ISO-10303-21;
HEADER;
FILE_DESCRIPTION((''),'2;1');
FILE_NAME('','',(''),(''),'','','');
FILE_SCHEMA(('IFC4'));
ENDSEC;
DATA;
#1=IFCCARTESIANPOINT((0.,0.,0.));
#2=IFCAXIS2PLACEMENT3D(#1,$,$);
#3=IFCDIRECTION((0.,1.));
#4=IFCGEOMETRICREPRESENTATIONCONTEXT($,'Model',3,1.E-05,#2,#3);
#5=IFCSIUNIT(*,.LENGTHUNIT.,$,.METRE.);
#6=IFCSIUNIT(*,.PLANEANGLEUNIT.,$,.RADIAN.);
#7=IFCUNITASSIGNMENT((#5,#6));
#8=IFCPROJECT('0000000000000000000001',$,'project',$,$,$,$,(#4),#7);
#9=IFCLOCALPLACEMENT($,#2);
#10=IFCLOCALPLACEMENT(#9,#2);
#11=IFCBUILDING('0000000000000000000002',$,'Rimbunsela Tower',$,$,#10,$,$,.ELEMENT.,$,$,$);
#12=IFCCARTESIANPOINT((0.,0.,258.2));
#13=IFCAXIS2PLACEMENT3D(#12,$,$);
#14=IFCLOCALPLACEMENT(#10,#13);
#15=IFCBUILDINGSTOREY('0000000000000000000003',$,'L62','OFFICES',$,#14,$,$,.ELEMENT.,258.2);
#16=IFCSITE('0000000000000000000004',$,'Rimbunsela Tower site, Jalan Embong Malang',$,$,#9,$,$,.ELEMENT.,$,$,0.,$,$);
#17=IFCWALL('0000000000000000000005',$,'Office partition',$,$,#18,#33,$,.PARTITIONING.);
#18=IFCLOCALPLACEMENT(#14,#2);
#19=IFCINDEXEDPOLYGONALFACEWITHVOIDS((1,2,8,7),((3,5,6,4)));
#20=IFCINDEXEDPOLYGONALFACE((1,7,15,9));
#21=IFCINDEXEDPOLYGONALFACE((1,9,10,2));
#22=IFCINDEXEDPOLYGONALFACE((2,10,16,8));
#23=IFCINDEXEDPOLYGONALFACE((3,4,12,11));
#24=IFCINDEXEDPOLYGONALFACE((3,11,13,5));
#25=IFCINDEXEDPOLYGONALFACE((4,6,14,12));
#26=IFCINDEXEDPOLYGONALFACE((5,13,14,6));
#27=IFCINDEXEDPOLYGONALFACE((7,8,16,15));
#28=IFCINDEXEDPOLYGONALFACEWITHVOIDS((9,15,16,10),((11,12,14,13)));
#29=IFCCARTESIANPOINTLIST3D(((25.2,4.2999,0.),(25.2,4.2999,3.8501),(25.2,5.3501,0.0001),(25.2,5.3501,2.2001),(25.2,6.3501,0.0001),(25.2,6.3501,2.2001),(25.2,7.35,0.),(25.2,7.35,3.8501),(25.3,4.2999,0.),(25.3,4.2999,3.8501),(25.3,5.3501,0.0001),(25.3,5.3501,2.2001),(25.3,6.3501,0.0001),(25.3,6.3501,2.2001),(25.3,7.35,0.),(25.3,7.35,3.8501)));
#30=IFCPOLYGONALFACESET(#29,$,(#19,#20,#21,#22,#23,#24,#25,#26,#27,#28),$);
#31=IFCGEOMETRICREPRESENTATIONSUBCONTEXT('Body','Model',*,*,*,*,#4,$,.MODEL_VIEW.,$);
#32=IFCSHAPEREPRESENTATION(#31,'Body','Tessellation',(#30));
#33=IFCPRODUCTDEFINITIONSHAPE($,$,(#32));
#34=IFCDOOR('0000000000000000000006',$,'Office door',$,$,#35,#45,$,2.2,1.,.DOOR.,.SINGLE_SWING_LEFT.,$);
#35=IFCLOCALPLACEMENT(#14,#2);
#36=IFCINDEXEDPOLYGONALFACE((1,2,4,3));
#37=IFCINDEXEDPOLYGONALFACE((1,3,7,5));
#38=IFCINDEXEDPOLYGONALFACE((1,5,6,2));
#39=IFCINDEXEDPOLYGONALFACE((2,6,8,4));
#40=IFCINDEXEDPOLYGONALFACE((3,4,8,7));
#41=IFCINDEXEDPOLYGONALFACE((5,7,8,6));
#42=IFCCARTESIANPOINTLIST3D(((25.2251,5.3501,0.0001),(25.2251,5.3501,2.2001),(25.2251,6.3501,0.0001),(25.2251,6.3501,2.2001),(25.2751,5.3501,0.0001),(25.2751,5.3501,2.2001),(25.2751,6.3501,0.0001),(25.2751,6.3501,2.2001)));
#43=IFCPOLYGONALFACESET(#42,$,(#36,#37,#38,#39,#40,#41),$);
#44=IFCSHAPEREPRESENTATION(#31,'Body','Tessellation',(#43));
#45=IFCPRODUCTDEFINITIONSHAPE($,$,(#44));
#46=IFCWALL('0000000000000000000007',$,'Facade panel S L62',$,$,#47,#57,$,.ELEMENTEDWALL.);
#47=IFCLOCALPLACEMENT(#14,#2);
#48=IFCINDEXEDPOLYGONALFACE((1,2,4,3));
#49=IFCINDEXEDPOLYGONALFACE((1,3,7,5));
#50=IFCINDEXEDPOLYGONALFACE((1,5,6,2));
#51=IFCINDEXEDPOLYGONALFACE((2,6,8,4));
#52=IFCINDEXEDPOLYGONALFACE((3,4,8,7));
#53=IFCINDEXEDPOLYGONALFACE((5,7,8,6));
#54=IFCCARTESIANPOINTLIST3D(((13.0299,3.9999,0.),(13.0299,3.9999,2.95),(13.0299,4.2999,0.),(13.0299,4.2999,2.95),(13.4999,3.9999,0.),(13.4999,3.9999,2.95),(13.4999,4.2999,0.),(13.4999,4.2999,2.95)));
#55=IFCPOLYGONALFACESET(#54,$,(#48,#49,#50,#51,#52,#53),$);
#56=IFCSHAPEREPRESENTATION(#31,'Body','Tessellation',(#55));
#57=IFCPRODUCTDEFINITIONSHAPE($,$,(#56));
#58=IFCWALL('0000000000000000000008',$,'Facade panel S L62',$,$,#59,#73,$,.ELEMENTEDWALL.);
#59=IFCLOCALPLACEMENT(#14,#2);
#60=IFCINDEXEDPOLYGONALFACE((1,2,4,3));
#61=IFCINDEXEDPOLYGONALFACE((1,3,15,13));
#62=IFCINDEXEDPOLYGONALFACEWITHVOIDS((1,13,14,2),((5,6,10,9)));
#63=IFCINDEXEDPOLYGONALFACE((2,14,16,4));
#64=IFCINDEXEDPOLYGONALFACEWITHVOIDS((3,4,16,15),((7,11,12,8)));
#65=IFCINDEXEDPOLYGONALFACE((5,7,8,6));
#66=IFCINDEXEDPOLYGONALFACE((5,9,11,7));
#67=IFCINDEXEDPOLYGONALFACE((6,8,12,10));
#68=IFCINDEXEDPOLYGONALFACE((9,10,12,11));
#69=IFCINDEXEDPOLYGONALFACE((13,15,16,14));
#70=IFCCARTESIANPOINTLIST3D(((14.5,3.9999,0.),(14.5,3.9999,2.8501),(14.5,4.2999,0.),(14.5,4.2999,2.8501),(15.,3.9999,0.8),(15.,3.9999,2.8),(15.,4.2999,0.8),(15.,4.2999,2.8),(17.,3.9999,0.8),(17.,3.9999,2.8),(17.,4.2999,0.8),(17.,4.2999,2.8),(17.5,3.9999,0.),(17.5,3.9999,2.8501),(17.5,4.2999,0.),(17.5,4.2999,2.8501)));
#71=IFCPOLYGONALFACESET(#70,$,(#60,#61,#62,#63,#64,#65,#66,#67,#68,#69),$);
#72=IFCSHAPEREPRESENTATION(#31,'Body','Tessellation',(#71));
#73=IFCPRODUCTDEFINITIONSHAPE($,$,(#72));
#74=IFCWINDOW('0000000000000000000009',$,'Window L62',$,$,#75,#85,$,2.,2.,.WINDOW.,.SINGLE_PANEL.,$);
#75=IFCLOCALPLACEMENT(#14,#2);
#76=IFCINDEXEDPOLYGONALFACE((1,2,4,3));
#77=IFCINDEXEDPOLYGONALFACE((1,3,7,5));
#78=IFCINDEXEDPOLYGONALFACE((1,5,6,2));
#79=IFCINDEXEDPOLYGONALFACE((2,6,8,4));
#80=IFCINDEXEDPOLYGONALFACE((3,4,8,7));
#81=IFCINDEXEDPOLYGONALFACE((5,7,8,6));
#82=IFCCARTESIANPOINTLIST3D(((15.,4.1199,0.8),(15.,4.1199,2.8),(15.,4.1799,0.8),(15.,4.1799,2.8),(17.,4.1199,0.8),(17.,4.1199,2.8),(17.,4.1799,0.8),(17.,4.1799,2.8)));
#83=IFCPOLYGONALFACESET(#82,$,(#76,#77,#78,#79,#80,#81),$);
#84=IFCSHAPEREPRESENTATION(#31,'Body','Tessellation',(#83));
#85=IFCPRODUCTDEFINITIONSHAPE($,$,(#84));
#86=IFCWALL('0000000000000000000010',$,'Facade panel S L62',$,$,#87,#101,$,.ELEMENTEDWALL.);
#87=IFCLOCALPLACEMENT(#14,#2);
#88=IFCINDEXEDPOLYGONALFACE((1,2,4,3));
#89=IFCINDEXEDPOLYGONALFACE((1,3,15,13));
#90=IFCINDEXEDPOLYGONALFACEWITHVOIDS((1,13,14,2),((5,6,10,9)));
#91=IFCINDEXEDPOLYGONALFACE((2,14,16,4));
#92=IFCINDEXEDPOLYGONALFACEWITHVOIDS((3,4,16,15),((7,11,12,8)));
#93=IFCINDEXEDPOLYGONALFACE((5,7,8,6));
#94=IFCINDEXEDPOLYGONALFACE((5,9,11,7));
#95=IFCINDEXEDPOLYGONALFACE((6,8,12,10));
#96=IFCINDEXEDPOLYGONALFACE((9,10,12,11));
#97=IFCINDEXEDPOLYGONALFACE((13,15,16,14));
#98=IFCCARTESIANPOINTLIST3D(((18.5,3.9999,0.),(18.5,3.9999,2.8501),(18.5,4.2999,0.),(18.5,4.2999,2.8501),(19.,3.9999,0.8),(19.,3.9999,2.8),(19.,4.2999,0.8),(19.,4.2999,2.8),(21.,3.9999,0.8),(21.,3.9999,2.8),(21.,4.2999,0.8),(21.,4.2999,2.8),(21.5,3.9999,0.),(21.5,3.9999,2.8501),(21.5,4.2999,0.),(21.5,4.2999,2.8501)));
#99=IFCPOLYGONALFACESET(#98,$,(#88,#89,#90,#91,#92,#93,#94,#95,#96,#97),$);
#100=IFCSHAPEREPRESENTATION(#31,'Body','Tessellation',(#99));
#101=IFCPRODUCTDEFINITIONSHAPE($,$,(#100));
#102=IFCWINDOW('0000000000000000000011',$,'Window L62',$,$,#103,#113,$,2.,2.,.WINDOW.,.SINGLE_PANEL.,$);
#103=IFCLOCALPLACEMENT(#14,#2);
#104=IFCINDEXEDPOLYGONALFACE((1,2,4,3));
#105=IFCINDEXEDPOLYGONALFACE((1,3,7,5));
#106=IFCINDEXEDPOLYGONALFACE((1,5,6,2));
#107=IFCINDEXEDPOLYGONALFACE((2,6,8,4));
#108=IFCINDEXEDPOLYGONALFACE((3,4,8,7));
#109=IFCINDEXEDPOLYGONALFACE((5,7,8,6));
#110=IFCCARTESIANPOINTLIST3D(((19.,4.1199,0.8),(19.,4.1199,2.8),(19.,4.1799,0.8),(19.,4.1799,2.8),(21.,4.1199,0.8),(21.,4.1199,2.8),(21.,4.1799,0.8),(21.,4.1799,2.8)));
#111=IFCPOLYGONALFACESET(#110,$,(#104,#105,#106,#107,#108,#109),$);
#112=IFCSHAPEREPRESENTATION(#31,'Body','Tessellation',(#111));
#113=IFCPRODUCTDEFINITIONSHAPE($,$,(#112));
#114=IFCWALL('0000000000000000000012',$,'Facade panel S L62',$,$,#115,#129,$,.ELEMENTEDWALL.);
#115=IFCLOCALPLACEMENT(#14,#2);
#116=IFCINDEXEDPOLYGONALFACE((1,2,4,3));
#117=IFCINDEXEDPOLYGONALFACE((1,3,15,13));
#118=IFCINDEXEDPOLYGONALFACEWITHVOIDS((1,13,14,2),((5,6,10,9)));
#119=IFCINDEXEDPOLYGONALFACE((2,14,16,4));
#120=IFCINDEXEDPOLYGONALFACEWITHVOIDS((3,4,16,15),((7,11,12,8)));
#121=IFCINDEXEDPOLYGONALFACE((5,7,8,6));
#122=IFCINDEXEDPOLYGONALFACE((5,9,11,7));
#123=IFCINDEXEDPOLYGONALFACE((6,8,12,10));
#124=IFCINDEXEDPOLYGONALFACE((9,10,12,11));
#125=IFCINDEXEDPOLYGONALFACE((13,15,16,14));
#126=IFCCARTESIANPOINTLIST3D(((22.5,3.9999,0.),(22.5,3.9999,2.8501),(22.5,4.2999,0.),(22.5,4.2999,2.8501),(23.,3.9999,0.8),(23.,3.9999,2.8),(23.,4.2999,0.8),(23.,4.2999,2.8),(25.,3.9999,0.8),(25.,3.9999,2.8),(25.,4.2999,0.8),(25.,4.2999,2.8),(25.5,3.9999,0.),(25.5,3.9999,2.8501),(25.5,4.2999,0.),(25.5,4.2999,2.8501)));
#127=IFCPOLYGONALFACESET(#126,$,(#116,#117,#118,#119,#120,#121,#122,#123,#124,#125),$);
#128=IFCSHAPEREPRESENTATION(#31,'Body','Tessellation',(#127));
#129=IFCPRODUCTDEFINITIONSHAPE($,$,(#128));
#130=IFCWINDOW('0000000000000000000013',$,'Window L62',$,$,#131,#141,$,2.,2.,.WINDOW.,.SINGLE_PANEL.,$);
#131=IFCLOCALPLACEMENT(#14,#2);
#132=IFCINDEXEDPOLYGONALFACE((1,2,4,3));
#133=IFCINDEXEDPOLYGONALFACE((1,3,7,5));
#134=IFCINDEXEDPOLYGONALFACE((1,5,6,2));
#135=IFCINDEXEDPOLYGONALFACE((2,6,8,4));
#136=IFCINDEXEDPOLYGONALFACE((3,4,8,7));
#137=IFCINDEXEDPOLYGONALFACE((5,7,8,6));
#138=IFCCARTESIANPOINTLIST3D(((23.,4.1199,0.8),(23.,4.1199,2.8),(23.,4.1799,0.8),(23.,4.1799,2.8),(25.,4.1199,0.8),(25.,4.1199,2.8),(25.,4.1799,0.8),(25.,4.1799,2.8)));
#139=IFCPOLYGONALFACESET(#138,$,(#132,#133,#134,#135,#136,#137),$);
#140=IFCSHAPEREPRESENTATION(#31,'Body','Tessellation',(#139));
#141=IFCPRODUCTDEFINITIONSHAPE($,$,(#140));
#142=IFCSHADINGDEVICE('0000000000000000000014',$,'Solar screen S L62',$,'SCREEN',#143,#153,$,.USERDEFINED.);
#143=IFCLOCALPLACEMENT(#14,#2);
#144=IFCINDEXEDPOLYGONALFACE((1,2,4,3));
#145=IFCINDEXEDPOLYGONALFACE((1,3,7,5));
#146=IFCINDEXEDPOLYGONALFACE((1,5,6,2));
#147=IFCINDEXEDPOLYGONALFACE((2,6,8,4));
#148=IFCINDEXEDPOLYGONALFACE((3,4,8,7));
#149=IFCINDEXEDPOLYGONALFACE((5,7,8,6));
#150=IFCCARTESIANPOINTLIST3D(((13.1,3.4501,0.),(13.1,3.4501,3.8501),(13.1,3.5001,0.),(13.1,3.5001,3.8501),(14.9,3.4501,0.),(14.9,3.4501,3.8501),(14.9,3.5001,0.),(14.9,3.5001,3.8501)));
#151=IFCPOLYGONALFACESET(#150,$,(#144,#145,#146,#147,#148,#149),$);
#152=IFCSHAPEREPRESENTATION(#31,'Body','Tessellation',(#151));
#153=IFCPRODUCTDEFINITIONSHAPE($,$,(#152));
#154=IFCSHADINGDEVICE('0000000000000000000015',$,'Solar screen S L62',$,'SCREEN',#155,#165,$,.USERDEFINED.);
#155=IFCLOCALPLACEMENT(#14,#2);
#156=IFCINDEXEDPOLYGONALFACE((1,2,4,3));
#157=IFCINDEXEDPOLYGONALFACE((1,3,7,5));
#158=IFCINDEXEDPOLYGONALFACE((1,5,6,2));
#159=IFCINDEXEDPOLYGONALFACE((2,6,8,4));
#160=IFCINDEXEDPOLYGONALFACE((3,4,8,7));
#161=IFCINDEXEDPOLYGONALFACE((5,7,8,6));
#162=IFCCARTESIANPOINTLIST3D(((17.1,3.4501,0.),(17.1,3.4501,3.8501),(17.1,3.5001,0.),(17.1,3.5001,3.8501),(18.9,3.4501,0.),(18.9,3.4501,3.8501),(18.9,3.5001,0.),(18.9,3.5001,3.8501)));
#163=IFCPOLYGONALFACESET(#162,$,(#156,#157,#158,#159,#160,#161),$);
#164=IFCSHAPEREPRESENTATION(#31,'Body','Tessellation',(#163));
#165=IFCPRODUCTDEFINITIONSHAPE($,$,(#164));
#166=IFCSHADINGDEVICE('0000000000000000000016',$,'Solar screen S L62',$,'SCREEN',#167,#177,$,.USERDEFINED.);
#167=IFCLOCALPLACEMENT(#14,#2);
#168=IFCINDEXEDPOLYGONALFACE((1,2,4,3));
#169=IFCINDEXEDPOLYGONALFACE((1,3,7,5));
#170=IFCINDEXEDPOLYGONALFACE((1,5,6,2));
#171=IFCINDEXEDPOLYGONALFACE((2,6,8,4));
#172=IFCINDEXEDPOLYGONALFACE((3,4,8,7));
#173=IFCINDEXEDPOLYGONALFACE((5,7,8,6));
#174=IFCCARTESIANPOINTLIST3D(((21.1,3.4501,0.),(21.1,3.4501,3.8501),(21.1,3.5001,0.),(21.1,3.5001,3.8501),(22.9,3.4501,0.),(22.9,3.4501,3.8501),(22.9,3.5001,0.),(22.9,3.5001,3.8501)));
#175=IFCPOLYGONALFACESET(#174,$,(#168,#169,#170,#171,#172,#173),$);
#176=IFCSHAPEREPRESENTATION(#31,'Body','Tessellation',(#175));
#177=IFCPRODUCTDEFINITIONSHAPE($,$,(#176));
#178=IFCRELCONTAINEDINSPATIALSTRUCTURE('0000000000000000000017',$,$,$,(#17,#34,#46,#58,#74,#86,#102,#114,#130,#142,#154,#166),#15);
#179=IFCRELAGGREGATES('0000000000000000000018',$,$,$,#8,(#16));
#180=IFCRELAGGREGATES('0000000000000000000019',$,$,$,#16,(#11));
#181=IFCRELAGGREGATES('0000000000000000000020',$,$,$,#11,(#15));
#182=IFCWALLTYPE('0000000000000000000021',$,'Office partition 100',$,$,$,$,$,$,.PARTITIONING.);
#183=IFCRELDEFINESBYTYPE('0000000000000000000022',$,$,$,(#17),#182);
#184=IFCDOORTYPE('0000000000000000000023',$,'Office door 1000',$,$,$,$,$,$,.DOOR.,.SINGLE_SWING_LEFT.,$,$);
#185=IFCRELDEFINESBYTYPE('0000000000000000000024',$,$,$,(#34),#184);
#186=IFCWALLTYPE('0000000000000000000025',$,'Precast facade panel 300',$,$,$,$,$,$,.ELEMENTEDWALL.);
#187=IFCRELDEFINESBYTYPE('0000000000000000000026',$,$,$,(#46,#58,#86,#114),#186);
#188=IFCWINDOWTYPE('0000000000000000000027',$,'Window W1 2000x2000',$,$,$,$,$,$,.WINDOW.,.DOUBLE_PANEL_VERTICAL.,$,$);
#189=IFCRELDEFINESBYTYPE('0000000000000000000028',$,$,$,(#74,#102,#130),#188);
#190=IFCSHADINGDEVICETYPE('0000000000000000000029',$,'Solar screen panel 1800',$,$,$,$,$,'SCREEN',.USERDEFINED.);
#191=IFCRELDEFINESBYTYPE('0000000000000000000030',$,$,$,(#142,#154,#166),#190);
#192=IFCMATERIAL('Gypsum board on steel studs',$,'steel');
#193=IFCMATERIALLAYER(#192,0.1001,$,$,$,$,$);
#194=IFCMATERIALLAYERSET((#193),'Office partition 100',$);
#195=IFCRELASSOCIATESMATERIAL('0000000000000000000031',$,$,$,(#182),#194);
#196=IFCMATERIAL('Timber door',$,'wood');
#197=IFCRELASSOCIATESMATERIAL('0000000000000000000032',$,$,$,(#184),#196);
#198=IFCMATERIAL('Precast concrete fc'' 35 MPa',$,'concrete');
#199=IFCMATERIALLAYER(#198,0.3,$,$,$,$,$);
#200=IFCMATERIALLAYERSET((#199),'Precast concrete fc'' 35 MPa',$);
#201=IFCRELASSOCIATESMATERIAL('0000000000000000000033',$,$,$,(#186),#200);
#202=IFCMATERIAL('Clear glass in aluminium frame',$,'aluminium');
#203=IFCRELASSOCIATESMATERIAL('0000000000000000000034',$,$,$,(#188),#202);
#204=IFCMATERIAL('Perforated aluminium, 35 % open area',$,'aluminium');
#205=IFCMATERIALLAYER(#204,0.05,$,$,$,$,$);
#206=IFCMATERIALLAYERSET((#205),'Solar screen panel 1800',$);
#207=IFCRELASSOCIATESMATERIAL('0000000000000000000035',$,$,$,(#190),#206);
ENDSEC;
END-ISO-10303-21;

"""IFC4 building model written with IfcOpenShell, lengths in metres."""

from ifc_helpers import new_model, si_unit, direction, frame, frame_2d, origin, origin_2d, place, context, subcontext, project, spatial, rectangle, extrude, material, layer, layer_set, type_object, element, fill, save


model = new_model("IFC4")

# Units and contexts
model_context = context("Model", 3, precision=1e-05, world=origin(), true_north=direction((0.0, 1.0)))
body_context = subcontext(model_context, "Body", "Model", "MODEL_VIEW")
ifc_project = project(units=[si_unit("LENGTHUNIT", "METRE"), si_unit("PLANEANGLEUNIT", "RADIAN")], contexts=[model_context])

# Site, building, storey
site_placement = place(None, origin())
site = spatial("IfcSite", under=ifc_project, at=site_placement, Name="Rimbunsela Tower site, Jalan Embong Malang", CompositionType="ELEMENT", RefElevation=0.0)
building_placement = place(site_placement, origin())
building = spatial("IfcBuilding", under=site, at=building_placement, Name="Rimbunsela Tower", CompositionType="ELEMENT")
storey_placement = place(building_placement, frame((0.0, 0.0, 258.2)))
storey = spatial("IfcBuildingStorey", under=building, at=storey_placement, Name="L62", Description="OFFICES", CompositionType="ELEMENT", Elevation=258.2)

# Shared definitions
ifc_material_1 = material(Name="Gypsum board on steel studs", Category="steel")
ifc_layer_1 = layer(ifc_material_1, 0.1001)
ifc_layer_set_1 = layer_set([ifc_layer_1], Name="Office partition 100")
wall_type_1 = type_object("IfcWallType", Name="Office partition 100", PredefinedType="PARTITIONING", material=ifc_layer_set_1)

# Shared definitions
ifc_material_2 = material(Name="Timber door", Category="wood")
door_type_1 = type_object("IfcDoorType", Name="Office door 1000", OperationType="SINGLE_SWING_LEFT", PredefinedType="DOOR", material=ifc_material_2)

# Wall, opening, door
wall_1_placement = place(storey_placement, frame((25.25, 4.3, 0.0), z_axis=(0.0, 0.0, 1.0), x_axis=(0.0, 1.0, 0.0)))
wall_1 = element("IfcWall", 1, at=wall_1_placement, inside=storey, type_object=wall_type_1, Name="Office partition", PredefinedType="PARTITIONING", context=body_context, shape_type="SweptSolid", body=[
    extrude(rectangle(XDim=3.05, YDim=0.1001, at=frame_2d((1.5249, 0.0))), origin(), (0.0, 0.0, 1.0), 3.8501),
])
opening_1_placement = place(wall_1_placement, frame((1.05, 0.0, 0.0)))
opening_1 = element("IfcOpeningElement", 2, at=opening_1_placement, cuts=wall_1, PredefinedType="OPENING", context=body_context, shape_type="SweptSolid", body=[
    extrude(rectangle(XDim=1.0, YDim=2.2, at=frame_2d((0.5, 1.1001))), frame((0.0, 0.0601, 0.0), z_axis=(0.0, -1.0, 0.0), x_axis=(1.0, 0.0, 0.0)), (0.0, 0.0, 1.0), 0.1201),
])
door_1_placement = place(opening_1_placement, origin())
door_1 = element("IfcDoor", 3, at=door_1_placement, inside=storey, type_object=door_type_1, Name="Office door", OperationType="SINGLE_SWING_LEFT", OverallHeight=2.2, OverallWidth=1.0, PredefinedType="DOOR", context=body_context, shape_type="SweptSolid", body=[
    extrude(rectangle(XDim=1.0, YDim=2.2, at=frame_2d((0.5, 1.1001))), frame((0.0, 0.0249, 0.0), z_axis=(0.0, -1.0, 0.0), x_axis=(1.0, 0.0, 0.0)), (0.0, 0.0, 1.0), 0.05),
])
fill(opening_1, door_1)

# Wall
ifc_material_3 = material(Name="Precast concrete fc' 35 MPa", Category="concrete")
ifc_layer_2 = layer(ifc_material_3, 0.3)
ifc_layer_set_2 = layer_set([ifc_layer_2], Name="Precast concrete fc' 35 MPa")
wall_type_2 = type_object("IfcWallType", Name="Precast facade panel 300", PredefinedType="ELEMENTEDWALL", material=ifc_layer_set_2)
wall_2_placement = place(storey_placement, frame((13.03, 4.1499, 0.0), z_axis=(0.0, 0.0, 1.0), x_axis=(1.0, 0.0, 0.0)))
element("IfcWall", 4, at=wall_2_placement, inside=storey, type_object=wall_type_2, Name="Facade panel S L62", PredefinedType="ELEMENTEDWALL", context=body_context, shape_type="SweptSolid", body=[
    extrude(rectangle(XDim=0.47, YDim=0.3, at=frame_2d((0.2349, 0.0))), origin(), (0.0, 0.0, 1.0), 2.95),
])

# Walls, openings, windows
wall_3_placement = place(storey_placement, frame((14.5, 4.1499, 0.0), z_axis=(0.0, 0.0, 1.0), x_axis=(1.0, 0.0, 0.0)))
wall_3 = element("IfcWall", 5, at=wall_3_placement, inside=storey, type_object=wall_type_2, Name="Facade panel S L62", PredefinedType="ELEMENTEDWALL", context=body_context, shape_type="SweptSolid", body=[
    extrude(rectangle(XDim=3.0, YDim=0.3, at=frame_2d((1.5, 0.0))), origin(), (0.0, 0.0, 1.0), 2.8501),
])
opening_2_placement = place(wall_3_placement, frame((0.5, 0.0, 0.8)))
opening_2 = element("IfcOpeningElement", 6, at=opening_2_placement, cuts=wall_3, PredefinedType="OPENING", context=body_context, shape_type="SweptSolid", body=[
    extrude(rectangle(XDim=2.0, YDim=2.0, at=frame_2d((1.0, 1.0))), frame((0.0, 0.1599, 0.0), z_axis=(0.0, -1.0, 0.0), x_axis=(1.0, 0.0, 0.0)), (0.0, 0.0, 1.0), 0.3201),
])
ifc_material_4 = material(Name="Clear glass in aluminium frame", Category="aluminium")
window_type = type_object("IfcWindowType", Name="Window W1 2000x2000", PartitioningType="DOUBLE_PANEL_VERTICAL", PredefinedType="WINDOW", material=ifc_material_4)
window_1_placement = place(opening_2_placement, origin())
window_1 = element("IfcWindow", 7, at=window_1_placement, inside=storey, type_object=window_type, Name="Window L62", OverallHeight=2.0, OverallWidth=2.0, PartitioningType="SINGLE_PANEL", PredefinedType="WINDOW", context=body_context, shape_type="SweptSolid", body=[
    extrude(rectangle(XDim=2.0, YDim=2.0, at=frame_2d((1.0, 1.0))), frame((0.0, 0.03, 0.0), z_axis=(0.0, -1.0, 0.0), x_axis=(1.0, 0.0, 0.0)), (0.0, 0.0, 1.0), 0.0601),
])
fill(opening_2, window_1)
wall_4_placement = place(storey_placement, frame((18.5, 4.1499, 0.0), z_axis=(0.0, 0.0, 1.0), x_axis=(1.0, 0.0, 0.0)))
wall_4 = element("IfcWall", 8, at=wall_4_placement, inside=storey, type_object=wall_type_2, Name="Facade panel S L62", PredefinedType="ELEMENTEDWALL", context=body_context, shape_type="SweptSolid", body=[
    extrude(rectangle(XDim=3.0, YDim=0.3, at=frame_2d((1.5, 0.0))), origin(), (0.0, 0.0, 1.0), 2.8501),
])
opening_3_placement = place(wall_4_placement, frame((0.5, 0.0, 0.8)))
opening_3 = element("IfcOpeningElement", 9, at=opening_3_placement, cuts=wall_4, PredefinedType="OPENING", context=body_context, shape_type="SweptSolid", body=[
    extrude(rectangle(XDim=2.0, YDim=2.0, at=frame_2d((1.0, 1.0))), frame((0.0, 0.1599, 0.0), z_axis=(0.0, -1.0, 0.0), x_axis=(1.0, 0.0, 0.0)), (0.0, 0.0, 1.0), 0.3201),
])
window_2_placement = place(opening_3_placement, origin())
window_2 = element("IfcWindow", 10, at=window_2_placement, inside=storey, type_object=window_type, Name="Window L62", OverallHeight=2.0, OverallWidth=2.0, PartitioningType="SINGLE_PANEL", PredefinedType="WINDOW", context=body_context, shape_type="SweptSolid", body=[
    extrude(rectangle(XDim=2.0, YDim=2.0, at=frame_2d((1.0, 1.0))), frame((0.0, 0.03, 0.0), z_axis=(0.0, -1.0, 0.0), x_axis=(1.0, 0.0, 0.0)), (0.0, 0.0, 1.0), 0.0601),
])
fill(opening_3, window_2)
wall_5_placement = place(storey_placement, frame((22.5, 4.1499, 0.0), z_axis=(0.0, 0.0, 1.0), x_axis=(1.0, 0.0, 0.0)))
wall_5 = element("IfcWall", 11, at=wall_5_placement, inside=storey, type_object=wall_type_2, Name="Facade panel S L62", PredefinedType="ELEMENTEDWALL", context=body_context, shape_type="SweptSolid", body=[
    extrude(rectangle(XDim=3.0, YDim=0.3, at=frame_2d((1.5, 0.0))), origin(), (0.0, 0.0, 1.0), 2.8501),
])
opening_4_placement = place(wall_5_placement, frame((0.5, 0.0, 0.8)))
opening_4 = element("IfcOpeningElement", 12, at=opening_4_placement, cuts=wall_5, PredefinedType="OPENING", context=body_context, shape_type="SweptSolid", body=[
    extrude(rectangle(XDim=2.0, YDim=2.0, at=frame_2d((1.0, 1.0))), frame((0.0, 0.1599, 0.0), z_axis=(0.0, -1.0, 0.0), x_axis=(1.0, 0.0, 0.0)), (0.0, 0.0, 1.0), 0.3201),
])
window_3_placement = place(opening_4_placement, origin())
window_3 = element("IfcWindow", 13, at=window_3_placement, inside=storey, type_object=window_type, Name="Window L62", OverallHeight=2.0, OverallWidth=2.0, PartitioningType="SINGLE_PANEL", PredefinedType="WINDOW", context=body_context, shape_type="SweptSolid", body=[
    extrude(rectangle(XDim=2.0, YDim=2.0, at=frame_2d((1.0, 1.0))), frame((0.0, 0.03, 0.0), z_axis=(0.0, -1.0, 0.0), x_axis=(1.0, 0.0, 0.0)), (0.0, 0.0, 1.0), 0.0601),
])
fill(opening_4, window_3)

# Shading devices
ifc_material_5 = material(Name="Perforated aluminium, 35 % open area", Category="aluminium")
ifc_layer_3 = layer(ifc_material_5, 0.05)
ifc_layer_set_3 = layer_set([ifc_layer_3], Name="Solar screen panel 1800")
shading_device_type = type_object("IfcShadingDeviceType", Name="Solar screen panel 1800", ElementType="SCREEN", PredefinedType="USERDEFINED", material=ifc_layer_set_3)
for number, where, z_axis, x_axis, name in (
    (14, (14.0, 3.4751, 0.0), (0.0, 0.0, 1.0), (1.0, 0.0, 0.0), "Solar screen S L62"),
    (15, (18.0, 3.4751, 0.0), (0.0, 0.0, 1.0), (1.0, 0.0, 0.0), "Solar screen S L62"),
    (16, (22.0, 3.4751, 0.0), (0.0, 0.0, 1.0), (1.0, 0.0, 0.0), "Solar screen S L62"),
):
    element("IfcShadingDevice", number, at=place(storey_placement, frame(where, z_axis=z_axis, x_axis=x_axis)), inside=storey, type_object=shading_device_type, Name=name, ObjectType="SCREEN", PredefinedType="USERDEFINED", context=body_context, shape_type="SweptSolid", body=[
        extrude(rectangle(XDim=1.8, YDim=0.05, at=origin_2d()), origin(), (0.0, 0.0, 1.0), 3.8501),
    ])

save(model, "model.ifc")
